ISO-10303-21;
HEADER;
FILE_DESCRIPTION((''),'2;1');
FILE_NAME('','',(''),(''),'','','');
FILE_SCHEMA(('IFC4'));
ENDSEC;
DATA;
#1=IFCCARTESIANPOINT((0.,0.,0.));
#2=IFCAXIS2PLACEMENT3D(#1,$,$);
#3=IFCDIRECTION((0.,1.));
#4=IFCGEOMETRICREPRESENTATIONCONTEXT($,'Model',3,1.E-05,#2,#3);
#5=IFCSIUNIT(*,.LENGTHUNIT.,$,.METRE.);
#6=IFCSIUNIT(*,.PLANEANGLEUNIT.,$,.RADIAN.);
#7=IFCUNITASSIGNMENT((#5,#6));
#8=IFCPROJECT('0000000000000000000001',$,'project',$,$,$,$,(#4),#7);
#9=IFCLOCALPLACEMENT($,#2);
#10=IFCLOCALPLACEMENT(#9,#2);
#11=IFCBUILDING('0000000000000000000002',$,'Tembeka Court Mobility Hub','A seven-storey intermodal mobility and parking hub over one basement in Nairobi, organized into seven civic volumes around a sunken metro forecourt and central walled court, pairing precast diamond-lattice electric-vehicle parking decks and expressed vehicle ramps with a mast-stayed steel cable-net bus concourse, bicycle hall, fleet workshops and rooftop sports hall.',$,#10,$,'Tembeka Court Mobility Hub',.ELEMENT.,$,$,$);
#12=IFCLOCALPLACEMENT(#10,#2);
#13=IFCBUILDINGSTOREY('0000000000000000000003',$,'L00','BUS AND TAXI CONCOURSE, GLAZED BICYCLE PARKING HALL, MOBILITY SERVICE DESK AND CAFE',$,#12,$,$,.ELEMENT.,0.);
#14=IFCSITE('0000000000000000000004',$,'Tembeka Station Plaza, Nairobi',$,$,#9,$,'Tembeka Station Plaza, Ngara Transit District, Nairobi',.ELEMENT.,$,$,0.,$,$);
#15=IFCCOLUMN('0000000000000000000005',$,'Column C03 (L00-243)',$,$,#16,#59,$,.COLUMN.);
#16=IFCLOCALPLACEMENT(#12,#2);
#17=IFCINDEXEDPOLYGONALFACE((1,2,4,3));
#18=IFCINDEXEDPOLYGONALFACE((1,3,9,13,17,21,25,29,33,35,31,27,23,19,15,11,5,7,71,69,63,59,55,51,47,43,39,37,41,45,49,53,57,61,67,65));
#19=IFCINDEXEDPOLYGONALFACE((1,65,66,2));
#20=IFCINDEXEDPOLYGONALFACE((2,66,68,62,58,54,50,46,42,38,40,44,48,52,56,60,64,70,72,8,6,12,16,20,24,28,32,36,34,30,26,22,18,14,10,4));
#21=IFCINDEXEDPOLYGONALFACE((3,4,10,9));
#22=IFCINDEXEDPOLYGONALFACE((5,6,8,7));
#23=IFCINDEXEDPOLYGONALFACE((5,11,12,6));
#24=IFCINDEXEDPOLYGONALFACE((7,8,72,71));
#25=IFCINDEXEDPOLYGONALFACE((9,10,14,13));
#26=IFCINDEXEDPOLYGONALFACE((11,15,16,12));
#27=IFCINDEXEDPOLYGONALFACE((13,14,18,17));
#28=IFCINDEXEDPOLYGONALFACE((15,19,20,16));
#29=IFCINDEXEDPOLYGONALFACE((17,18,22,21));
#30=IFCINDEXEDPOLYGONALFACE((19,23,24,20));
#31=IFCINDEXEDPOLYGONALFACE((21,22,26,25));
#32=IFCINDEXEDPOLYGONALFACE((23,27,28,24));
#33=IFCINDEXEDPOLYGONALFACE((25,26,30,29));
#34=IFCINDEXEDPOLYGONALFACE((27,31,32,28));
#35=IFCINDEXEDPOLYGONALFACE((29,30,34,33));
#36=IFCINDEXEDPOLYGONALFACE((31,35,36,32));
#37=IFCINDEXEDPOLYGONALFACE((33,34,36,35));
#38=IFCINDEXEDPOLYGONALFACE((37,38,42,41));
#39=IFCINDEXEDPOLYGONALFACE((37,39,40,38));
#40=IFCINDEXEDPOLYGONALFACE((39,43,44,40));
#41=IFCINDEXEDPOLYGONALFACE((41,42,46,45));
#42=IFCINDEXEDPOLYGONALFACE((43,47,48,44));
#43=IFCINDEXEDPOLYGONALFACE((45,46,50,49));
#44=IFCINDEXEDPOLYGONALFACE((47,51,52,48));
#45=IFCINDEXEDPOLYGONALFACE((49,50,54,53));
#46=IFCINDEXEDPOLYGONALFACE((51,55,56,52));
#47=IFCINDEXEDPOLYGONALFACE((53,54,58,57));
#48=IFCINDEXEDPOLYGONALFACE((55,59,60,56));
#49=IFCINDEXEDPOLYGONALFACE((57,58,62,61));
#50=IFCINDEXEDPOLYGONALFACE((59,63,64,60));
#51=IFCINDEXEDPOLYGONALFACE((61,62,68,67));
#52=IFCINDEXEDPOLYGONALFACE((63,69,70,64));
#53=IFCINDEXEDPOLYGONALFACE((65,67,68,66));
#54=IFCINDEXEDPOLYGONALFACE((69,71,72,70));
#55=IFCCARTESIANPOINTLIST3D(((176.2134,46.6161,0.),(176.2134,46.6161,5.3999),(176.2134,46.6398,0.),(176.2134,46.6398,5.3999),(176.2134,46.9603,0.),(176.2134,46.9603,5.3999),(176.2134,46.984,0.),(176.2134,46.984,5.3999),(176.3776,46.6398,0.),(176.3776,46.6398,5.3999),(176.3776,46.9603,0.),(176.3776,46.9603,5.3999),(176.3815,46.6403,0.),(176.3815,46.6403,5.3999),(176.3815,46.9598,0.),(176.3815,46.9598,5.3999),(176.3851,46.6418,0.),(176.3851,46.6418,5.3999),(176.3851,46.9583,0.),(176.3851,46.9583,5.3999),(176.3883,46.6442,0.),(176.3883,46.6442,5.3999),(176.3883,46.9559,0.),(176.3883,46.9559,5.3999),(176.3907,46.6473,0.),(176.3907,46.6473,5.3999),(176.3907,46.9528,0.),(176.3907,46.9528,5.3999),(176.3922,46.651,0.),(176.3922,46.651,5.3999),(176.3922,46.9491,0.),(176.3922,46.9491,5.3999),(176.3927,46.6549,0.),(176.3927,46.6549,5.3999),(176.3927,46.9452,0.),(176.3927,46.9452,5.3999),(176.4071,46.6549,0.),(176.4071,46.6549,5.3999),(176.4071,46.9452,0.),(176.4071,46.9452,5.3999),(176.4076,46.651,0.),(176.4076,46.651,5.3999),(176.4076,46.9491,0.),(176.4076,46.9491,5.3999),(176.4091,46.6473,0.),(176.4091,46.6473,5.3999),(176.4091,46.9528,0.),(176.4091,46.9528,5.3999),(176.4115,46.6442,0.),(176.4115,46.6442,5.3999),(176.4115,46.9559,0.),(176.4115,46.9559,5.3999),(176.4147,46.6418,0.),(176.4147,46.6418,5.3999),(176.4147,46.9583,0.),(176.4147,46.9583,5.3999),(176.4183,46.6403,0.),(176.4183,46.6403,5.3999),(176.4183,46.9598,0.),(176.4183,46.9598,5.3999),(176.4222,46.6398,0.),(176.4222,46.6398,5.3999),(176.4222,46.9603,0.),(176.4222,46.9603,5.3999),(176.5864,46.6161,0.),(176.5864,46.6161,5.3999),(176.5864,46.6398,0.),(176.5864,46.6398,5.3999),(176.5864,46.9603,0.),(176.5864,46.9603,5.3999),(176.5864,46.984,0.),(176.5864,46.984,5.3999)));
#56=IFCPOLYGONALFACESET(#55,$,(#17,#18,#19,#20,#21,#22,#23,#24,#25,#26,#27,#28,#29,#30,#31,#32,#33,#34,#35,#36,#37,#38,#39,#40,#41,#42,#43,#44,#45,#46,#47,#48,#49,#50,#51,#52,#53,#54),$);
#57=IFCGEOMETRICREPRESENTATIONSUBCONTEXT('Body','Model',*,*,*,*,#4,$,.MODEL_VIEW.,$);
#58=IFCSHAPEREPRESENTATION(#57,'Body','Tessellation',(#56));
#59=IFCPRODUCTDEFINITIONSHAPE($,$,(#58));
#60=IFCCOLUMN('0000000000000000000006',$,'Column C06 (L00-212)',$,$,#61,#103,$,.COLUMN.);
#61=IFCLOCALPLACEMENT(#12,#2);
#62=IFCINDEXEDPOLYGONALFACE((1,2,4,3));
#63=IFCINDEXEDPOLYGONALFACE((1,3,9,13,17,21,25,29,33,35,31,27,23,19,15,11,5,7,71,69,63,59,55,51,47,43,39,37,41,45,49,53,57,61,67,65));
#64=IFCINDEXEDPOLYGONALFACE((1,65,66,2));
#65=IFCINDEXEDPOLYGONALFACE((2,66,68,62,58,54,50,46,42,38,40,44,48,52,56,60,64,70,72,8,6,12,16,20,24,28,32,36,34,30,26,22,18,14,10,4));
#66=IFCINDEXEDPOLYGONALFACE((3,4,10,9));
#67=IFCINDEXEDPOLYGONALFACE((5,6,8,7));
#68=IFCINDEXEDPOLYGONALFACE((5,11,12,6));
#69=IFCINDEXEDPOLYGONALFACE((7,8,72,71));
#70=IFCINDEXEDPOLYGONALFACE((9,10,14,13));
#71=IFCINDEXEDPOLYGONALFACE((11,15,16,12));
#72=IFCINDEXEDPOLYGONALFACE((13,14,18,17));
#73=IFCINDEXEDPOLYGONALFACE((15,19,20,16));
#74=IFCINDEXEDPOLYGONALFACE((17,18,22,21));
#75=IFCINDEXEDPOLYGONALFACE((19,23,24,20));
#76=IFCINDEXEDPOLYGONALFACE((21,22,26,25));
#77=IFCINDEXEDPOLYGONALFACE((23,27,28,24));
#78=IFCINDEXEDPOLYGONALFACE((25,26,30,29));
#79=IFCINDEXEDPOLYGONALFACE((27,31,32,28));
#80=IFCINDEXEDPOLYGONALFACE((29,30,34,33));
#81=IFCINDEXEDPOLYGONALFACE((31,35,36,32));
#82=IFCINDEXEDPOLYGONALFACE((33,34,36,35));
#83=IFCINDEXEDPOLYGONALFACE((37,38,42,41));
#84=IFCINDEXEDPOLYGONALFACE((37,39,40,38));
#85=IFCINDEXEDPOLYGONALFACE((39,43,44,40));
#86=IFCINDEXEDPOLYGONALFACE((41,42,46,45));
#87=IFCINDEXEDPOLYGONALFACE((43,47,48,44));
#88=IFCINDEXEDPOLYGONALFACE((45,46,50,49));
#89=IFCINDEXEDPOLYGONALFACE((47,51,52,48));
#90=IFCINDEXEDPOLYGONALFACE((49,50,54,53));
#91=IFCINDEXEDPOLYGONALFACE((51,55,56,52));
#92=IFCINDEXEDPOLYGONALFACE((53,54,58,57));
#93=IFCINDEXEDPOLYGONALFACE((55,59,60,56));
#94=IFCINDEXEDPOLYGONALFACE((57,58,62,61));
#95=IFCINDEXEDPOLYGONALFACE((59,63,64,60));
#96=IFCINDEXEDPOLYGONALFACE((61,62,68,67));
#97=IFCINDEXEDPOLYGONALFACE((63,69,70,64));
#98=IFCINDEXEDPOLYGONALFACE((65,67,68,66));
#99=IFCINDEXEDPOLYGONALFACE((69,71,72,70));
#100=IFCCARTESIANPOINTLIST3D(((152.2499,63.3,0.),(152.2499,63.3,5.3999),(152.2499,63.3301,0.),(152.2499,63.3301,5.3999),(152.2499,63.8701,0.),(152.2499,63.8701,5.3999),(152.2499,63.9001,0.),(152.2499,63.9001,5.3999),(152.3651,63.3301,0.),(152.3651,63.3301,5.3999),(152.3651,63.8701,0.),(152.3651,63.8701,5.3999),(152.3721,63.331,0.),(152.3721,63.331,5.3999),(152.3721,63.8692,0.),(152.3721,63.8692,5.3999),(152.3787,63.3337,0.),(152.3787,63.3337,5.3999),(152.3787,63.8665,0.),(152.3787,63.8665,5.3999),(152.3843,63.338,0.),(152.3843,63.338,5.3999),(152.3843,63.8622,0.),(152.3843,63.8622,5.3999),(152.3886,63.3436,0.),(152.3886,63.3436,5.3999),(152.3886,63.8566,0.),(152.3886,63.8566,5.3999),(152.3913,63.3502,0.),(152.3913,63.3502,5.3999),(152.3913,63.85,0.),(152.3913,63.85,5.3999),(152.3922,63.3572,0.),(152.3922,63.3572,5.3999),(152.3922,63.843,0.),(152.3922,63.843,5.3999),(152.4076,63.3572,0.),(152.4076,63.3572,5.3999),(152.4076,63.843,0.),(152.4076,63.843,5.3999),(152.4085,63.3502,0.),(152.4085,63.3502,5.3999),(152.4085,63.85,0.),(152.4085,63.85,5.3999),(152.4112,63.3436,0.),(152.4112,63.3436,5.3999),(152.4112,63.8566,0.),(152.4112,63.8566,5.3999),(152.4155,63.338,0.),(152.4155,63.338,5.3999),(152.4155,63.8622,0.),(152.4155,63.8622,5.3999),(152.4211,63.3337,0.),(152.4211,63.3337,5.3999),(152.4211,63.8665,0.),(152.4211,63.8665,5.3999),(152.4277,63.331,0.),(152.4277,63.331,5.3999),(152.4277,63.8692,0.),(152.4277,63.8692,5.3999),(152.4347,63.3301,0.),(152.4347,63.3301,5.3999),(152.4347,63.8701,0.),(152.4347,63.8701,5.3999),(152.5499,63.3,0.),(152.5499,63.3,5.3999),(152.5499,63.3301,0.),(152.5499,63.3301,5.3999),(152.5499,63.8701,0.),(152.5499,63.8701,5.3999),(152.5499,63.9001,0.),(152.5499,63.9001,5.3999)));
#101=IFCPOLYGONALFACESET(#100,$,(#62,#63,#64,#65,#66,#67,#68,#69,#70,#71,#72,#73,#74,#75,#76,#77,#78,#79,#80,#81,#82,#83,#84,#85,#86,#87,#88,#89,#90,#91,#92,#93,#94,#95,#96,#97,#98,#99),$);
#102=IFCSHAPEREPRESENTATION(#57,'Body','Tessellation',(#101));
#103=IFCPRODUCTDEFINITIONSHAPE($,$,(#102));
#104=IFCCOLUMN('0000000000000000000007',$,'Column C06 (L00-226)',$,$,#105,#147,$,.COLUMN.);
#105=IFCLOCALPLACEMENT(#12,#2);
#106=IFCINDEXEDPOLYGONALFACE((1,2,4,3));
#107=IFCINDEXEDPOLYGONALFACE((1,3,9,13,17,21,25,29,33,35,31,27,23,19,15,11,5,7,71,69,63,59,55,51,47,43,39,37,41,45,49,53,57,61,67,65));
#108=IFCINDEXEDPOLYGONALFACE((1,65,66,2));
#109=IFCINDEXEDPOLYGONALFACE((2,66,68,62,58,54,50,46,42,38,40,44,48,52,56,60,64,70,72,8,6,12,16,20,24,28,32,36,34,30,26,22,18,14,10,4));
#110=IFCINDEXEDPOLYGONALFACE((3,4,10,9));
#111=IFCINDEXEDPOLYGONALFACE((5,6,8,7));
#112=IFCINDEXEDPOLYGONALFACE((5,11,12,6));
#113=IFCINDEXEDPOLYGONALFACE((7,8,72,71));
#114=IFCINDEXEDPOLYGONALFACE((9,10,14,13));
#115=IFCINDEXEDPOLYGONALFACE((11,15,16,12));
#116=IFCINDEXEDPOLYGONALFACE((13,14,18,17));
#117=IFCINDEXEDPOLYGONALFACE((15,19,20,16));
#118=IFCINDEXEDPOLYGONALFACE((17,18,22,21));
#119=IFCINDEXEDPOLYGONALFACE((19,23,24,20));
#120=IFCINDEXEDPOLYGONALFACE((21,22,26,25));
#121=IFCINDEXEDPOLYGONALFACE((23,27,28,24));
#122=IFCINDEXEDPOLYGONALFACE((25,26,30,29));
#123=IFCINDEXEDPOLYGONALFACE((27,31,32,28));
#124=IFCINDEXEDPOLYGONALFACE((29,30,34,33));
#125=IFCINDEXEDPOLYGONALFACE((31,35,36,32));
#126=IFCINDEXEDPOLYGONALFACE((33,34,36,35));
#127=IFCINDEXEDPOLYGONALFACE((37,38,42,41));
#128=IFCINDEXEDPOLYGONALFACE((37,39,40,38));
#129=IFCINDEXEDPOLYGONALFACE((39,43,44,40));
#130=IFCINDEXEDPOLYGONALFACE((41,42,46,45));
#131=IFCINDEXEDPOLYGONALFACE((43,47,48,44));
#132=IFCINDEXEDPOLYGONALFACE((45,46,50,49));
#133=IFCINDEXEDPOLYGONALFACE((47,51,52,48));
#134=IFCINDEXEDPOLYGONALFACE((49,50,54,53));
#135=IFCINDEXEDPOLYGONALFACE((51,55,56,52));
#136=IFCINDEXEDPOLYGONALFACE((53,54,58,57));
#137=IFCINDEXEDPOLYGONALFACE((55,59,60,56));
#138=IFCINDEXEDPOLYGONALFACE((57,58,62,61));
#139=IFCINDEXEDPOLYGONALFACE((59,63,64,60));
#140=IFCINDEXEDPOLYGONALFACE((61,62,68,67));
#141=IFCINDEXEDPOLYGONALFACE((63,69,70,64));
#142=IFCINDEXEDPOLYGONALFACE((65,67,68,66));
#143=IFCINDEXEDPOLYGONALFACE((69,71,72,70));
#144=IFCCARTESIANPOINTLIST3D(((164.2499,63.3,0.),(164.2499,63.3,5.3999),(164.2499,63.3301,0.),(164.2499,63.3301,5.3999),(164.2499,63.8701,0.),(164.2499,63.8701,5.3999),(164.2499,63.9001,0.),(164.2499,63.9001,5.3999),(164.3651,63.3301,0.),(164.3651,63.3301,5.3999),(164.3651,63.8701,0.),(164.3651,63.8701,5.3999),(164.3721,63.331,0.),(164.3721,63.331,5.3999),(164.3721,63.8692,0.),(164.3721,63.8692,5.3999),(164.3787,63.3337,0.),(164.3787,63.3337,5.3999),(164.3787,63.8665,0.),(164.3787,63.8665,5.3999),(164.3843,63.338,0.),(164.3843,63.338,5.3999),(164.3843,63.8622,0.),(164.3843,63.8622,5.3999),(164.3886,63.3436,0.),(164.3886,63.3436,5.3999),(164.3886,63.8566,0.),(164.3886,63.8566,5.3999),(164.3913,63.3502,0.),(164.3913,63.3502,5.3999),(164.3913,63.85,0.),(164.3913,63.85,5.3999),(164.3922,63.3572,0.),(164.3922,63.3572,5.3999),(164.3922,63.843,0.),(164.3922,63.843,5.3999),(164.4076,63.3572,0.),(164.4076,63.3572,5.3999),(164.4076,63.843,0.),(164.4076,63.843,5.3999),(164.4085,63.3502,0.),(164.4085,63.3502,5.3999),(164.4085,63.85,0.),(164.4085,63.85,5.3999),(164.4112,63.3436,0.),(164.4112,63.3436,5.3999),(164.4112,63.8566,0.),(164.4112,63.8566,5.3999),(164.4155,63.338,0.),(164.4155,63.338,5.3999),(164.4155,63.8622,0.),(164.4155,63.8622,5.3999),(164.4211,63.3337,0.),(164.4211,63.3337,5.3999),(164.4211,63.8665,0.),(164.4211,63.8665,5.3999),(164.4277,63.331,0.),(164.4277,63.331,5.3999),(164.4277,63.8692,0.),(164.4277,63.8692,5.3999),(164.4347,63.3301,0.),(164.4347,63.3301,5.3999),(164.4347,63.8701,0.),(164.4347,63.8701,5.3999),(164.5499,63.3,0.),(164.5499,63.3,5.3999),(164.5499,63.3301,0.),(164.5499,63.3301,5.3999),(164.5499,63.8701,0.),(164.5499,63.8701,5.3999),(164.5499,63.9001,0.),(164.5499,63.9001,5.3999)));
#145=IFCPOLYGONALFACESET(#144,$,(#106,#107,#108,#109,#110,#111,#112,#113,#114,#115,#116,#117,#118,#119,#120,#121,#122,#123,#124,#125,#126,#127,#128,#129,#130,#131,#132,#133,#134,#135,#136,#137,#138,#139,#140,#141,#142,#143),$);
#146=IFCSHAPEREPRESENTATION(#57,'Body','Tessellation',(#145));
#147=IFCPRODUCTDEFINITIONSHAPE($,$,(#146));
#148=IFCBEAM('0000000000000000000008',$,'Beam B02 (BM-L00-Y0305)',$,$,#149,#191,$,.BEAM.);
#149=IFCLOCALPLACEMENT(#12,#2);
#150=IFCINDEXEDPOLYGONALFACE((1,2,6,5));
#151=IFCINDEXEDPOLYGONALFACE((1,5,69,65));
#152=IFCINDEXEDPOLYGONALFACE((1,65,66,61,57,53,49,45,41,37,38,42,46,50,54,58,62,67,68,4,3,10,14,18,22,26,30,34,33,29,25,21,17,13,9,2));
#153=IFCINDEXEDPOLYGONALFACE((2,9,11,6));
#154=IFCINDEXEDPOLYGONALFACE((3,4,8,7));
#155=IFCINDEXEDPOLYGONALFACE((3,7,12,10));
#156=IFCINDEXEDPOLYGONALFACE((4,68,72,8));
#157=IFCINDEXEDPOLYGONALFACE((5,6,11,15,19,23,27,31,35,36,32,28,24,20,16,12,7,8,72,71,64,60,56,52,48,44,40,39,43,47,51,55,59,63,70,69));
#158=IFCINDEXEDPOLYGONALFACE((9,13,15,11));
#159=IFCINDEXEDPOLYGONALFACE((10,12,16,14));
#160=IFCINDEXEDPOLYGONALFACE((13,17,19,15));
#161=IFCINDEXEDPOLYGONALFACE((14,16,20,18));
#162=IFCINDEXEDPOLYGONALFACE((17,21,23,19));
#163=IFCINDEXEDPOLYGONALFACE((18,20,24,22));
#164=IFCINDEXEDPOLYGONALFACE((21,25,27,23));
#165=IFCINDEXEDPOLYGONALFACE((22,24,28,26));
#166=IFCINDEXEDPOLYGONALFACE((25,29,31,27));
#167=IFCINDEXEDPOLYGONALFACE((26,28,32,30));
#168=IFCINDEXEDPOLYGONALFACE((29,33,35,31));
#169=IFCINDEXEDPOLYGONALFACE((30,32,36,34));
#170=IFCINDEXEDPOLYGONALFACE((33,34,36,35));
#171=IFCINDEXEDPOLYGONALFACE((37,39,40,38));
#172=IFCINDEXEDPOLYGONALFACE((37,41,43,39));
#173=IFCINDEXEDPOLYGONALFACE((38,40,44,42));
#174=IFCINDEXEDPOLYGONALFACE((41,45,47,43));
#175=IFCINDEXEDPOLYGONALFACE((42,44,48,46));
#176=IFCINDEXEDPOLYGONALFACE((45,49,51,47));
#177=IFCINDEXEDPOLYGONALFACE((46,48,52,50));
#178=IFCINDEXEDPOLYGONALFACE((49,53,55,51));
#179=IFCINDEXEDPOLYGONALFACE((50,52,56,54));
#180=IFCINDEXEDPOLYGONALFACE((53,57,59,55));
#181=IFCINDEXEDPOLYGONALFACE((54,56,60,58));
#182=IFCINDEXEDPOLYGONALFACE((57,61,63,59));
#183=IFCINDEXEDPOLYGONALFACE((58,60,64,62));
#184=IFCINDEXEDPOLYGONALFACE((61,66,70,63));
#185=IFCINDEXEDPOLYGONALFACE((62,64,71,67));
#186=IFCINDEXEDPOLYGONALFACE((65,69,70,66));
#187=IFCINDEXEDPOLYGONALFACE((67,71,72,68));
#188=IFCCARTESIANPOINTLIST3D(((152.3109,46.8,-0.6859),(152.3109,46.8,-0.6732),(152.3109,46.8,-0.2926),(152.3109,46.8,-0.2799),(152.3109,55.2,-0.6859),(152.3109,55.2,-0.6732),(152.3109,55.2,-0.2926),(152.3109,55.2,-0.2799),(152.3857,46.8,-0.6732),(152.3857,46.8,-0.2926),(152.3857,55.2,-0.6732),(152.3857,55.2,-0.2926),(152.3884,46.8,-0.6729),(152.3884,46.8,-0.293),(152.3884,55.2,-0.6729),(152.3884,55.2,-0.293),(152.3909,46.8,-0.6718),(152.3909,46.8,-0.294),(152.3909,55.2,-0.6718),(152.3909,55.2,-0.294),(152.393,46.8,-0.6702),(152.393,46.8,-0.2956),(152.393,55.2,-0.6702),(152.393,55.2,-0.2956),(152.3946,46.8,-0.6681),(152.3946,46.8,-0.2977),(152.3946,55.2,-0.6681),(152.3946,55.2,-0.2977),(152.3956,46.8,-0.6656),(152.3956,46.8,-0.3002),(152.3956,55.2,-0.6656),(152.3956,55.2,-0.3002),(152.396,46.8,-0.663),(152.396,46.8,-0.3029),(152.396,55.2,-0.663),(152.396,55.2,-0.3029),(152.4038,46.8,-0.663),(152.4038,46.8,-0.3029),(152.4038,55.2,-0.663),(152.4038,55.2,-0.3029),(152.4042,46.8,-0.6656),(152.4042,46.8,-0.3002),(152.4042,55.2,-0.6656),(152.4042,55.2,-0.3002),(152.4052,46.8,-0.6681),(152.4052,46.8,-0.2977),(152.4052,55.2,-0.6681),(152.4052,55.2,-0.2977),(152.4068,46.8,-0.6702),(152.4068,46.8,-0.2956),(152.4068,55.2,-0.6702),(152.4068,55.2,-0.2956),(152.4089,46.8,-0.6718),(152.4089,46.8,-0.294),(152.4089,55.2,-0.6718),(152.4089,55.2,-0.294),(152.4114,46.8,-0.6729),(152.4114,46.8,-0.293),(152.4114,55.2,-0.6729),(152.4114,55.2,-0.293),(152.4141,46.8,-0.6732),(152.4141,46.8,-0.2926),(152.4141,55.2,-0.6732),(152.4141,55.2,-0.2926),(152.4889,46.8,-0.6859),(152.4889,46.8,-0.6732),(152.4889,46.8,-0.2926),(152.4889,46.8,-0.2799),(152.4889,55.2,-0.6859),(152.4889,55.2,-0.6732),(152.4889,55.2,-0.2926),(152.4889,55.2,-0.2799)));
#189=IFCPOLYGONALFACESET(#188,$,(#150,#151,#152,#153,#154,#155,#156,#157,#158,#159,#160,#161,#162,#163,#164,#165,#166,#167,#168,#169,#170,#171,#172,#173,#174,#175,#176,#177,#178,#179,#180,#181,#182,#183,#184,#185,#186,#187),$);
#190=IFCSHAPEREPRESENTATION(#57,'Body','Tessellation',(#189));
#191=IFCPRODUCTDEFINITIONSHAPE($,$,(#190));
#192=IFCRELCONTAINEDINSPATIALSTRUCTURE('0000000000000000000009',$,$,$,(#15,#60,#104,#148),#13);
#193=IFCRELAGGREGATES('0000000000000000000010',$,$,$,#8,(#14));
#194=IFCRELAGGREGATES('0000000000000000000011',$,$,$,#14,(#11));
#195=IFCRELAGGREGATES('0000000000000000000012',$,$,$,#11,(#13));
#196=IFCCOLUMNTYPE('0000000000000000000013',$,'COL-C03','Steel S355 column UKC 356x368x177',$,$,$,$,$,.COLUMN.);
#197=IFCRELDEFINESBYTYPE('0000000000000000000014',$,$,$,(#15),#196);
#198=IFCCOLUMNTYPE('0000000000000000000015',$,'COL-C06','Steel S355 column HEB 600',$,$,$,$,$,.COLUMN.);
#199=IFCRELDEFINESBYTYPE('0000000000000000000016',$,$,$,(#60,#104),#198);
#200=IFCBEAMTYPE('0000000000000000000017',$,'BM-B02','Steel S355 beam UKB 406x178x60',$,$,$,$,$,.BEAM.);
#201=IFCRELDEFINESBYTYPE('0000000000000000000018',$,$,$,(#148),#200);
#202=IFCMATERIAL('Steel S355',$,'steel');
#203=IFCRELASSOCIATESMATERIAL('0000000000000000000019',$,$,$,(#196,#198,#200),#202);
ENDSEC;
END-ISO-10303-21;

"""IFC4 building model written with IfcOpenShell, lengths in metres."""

from ifc_helpers import new_model, si_unit, direction, frame, origin, origin_2d, place, context, subcontext, project, spatial, i_section, extrude, material, material_profile, profile_set, type_object, element, save


model = new_model("IFC4")

# Units and contexts
model_context = context("Model", 3, precision=1e-05, world=origin(), true_north=direction((0.0, 1.0)))
body_context = subcontext(model_context, "Body", "Model", "MODEL_VIEW")
ifc_project = project(units=[si_unit("LENGTHUNIT", "METRE"), si_unit("PLANEANGLEUNIT", "RADIAN")], contexts=[model_context])

# Site, building, storey
site_placement = place(None, origin())
site = spatial("IfcSite", under=ifc_project, at=site_placement, Name="Tembeka Station Plaza, Nairobi", LongName="Tembeka Station Plaza, Ngara Transit District, Nairobi", CompositionType="ELEMENT", RefElevation=0.0)
building_placement = place(site_placement, origin())
building = spatial("IfcBuilding", under=site, at=building_placement, Name="Tembeka Court Mobility Hub", Description="A seven-storey intermodal mobility and parking hub over one basement in Nairobi, organized into seven civic volumes around a sunken metro forecourt and central walled court, pairing precast diamond-lattice electric-vehicle parking decks and expressed vehicle ramps with a mast-stayed steel cable-net bus concourse, bicycle hall, fleet workshops and rooftop sports hall.", LongName="Tembeka Court Mobility Hub", CompositionType="ELEMENT")
storey_placement = place(building_placement, origin())
storey = spatial("IfcBuildingStorey", under=building, at=storey_placement, Name="L00", Description="BUS AND TAXI CONCOURSE, GLAZED BICYCLE PARKING HALL, MOBILITY SERVICE DESK AND CAFE", CompositionType="ELEMENT", Elevation=0.0)

# Columns
ifc_material = material(Name="Steel S355", Category="steel")
ifc_material_profile_1 = material_profile(ifc_material, i_section(OverallWidth=0.373, OverallDepth=0.3679, WebThickness=0.0144, FlangeThickness=0.0237, FilletRadius=0.0151, at=origin_2d()), Name="UKC 356x368x177")
ifc_profile_set_1 = profile_set([ifc_material_profile_1], Name="Steel S355")
column_type_1 = type_object("IfcColumnType", Name="COL-C03", Description="Steel S355 column UKC 356x368x177", PredefinedType="COLUMN", material=ifc_profile_set_1)
for number, where, z_axis, x_axis, name in (
    (1, (176.3999, 46.8, 0.0), (0.0, 0.0, 1.0), (1.0, 0.0, 0.0), "Column C03 (L00-243)"),
):
    element("IfcColumn", number, at=place(storey_placement, frame(where, z_axis=z_axis, x_axis=x_axis)), inside=storey, type_object=column_type_1, Name=name, PredefinedType="COLUMN", context=body_context, shape_type="SweptSolid", body=[
        extrude(i_section(OverallWidth=0.373, OverallDepth=0.3679, WebThickness=0.0144, FlangeThickness=0.0237, FilletRadius=0.0151, at=origin_2d()), origin(), (0.0, 0.0, 1.0), 5.3999),
    ])
ifc_material_profile_2 = material_profile(ifc_material, i_section(OverallWidth=0.3, OverallDepth=0.6001, WebThickness=0.0154, FlangeThickness=0.03, FilletRadius=0.0271, at=origin_2d()), Name="HEB 600")
ifc_profile_set_2 = profile_set([ifc_material_profile_2], Name="Steel S355")
column_type_2 = type_object("IfcColumnType", Name="COL-C06", Description="Steel S355 column HEB 600", PredefinedType="COLUMN", material=ifc_profile_set_2)
for number, where, z_axis, x_axis, name in (
    (2, (152.3999, 63.6001, 0.0), (0.0, 0.0, 1.0), (1.0, 0.0, 0.0), "Column C06 (L00-212)"),
    (3, (164.3999, 63.6001, 0.0), (0.0, 0.0, 1.0), (1.0, 0.0, 0.0), "Column C06 (L00-226)"),
):
    element("IfcColumn", number, at=place(storey_placement, frame(where, z_axis=z_axis, x_axis=x_axis)), inside=storey, type_object=column_type_2, Name=name, PredefinedType="COLUMN", context=body_context, shape_type="SweptSolid", body=[
        extrude(i_section(OverallWidth=0.3, OverallDepth=0.6001, WebThickness=0.0154, FlangeThickness=0.03, FilletRadius=0.0271, at=origin_2d()), origin(), (0.0, 0.0, 1.0), 5.3999),
    ])

# Beam
ifc_material_profile_3 = material_profile(ifc_material, i_section(OverallWidth=0.178, OverallDepth=0.406, WebThickness=0.0078, FlangeThickness=0.0127, FilletRadius=0.0103, at=origin_2d()), Name="UKB 406x178x60")
ifc_profile_set_3 = profile_set([ifc_material_profile_3], Name="Steel S355")
beam_type_1 = type_object("IfcBeamType", Name="BM-B02", Description="Steel S355 beam UKB 406x178x60", PredefinedType="BEAM", material=ifc_profile_set_3)
beam_1_placement = place(storey_placement, frame((152.3999, 46.8, -0.4829), z_axis=(0.0, 1.0, 0.0), x_axis=(-1.0, 0.0, 0.0)))
element("IfcBeam", 4, at=beam_1_placement, inside=storey, type_object=beam_type_1, Name="Beam B02 (BM-L00-Y0305)", PredefinedType="BEAM", context=body_context, shape_type="SweptSolid", body=[
    extrude(i_section(OverallWidth=0.178, OverallDepth=0.406, WebThickness=0.0078, FlangeThickness=0.0127, FilletRadius=0.0103, at=origin_2d()), origin(), (0.0, 0.0, 1.0), 8.3999),
])

save(model, "model.ifc")
